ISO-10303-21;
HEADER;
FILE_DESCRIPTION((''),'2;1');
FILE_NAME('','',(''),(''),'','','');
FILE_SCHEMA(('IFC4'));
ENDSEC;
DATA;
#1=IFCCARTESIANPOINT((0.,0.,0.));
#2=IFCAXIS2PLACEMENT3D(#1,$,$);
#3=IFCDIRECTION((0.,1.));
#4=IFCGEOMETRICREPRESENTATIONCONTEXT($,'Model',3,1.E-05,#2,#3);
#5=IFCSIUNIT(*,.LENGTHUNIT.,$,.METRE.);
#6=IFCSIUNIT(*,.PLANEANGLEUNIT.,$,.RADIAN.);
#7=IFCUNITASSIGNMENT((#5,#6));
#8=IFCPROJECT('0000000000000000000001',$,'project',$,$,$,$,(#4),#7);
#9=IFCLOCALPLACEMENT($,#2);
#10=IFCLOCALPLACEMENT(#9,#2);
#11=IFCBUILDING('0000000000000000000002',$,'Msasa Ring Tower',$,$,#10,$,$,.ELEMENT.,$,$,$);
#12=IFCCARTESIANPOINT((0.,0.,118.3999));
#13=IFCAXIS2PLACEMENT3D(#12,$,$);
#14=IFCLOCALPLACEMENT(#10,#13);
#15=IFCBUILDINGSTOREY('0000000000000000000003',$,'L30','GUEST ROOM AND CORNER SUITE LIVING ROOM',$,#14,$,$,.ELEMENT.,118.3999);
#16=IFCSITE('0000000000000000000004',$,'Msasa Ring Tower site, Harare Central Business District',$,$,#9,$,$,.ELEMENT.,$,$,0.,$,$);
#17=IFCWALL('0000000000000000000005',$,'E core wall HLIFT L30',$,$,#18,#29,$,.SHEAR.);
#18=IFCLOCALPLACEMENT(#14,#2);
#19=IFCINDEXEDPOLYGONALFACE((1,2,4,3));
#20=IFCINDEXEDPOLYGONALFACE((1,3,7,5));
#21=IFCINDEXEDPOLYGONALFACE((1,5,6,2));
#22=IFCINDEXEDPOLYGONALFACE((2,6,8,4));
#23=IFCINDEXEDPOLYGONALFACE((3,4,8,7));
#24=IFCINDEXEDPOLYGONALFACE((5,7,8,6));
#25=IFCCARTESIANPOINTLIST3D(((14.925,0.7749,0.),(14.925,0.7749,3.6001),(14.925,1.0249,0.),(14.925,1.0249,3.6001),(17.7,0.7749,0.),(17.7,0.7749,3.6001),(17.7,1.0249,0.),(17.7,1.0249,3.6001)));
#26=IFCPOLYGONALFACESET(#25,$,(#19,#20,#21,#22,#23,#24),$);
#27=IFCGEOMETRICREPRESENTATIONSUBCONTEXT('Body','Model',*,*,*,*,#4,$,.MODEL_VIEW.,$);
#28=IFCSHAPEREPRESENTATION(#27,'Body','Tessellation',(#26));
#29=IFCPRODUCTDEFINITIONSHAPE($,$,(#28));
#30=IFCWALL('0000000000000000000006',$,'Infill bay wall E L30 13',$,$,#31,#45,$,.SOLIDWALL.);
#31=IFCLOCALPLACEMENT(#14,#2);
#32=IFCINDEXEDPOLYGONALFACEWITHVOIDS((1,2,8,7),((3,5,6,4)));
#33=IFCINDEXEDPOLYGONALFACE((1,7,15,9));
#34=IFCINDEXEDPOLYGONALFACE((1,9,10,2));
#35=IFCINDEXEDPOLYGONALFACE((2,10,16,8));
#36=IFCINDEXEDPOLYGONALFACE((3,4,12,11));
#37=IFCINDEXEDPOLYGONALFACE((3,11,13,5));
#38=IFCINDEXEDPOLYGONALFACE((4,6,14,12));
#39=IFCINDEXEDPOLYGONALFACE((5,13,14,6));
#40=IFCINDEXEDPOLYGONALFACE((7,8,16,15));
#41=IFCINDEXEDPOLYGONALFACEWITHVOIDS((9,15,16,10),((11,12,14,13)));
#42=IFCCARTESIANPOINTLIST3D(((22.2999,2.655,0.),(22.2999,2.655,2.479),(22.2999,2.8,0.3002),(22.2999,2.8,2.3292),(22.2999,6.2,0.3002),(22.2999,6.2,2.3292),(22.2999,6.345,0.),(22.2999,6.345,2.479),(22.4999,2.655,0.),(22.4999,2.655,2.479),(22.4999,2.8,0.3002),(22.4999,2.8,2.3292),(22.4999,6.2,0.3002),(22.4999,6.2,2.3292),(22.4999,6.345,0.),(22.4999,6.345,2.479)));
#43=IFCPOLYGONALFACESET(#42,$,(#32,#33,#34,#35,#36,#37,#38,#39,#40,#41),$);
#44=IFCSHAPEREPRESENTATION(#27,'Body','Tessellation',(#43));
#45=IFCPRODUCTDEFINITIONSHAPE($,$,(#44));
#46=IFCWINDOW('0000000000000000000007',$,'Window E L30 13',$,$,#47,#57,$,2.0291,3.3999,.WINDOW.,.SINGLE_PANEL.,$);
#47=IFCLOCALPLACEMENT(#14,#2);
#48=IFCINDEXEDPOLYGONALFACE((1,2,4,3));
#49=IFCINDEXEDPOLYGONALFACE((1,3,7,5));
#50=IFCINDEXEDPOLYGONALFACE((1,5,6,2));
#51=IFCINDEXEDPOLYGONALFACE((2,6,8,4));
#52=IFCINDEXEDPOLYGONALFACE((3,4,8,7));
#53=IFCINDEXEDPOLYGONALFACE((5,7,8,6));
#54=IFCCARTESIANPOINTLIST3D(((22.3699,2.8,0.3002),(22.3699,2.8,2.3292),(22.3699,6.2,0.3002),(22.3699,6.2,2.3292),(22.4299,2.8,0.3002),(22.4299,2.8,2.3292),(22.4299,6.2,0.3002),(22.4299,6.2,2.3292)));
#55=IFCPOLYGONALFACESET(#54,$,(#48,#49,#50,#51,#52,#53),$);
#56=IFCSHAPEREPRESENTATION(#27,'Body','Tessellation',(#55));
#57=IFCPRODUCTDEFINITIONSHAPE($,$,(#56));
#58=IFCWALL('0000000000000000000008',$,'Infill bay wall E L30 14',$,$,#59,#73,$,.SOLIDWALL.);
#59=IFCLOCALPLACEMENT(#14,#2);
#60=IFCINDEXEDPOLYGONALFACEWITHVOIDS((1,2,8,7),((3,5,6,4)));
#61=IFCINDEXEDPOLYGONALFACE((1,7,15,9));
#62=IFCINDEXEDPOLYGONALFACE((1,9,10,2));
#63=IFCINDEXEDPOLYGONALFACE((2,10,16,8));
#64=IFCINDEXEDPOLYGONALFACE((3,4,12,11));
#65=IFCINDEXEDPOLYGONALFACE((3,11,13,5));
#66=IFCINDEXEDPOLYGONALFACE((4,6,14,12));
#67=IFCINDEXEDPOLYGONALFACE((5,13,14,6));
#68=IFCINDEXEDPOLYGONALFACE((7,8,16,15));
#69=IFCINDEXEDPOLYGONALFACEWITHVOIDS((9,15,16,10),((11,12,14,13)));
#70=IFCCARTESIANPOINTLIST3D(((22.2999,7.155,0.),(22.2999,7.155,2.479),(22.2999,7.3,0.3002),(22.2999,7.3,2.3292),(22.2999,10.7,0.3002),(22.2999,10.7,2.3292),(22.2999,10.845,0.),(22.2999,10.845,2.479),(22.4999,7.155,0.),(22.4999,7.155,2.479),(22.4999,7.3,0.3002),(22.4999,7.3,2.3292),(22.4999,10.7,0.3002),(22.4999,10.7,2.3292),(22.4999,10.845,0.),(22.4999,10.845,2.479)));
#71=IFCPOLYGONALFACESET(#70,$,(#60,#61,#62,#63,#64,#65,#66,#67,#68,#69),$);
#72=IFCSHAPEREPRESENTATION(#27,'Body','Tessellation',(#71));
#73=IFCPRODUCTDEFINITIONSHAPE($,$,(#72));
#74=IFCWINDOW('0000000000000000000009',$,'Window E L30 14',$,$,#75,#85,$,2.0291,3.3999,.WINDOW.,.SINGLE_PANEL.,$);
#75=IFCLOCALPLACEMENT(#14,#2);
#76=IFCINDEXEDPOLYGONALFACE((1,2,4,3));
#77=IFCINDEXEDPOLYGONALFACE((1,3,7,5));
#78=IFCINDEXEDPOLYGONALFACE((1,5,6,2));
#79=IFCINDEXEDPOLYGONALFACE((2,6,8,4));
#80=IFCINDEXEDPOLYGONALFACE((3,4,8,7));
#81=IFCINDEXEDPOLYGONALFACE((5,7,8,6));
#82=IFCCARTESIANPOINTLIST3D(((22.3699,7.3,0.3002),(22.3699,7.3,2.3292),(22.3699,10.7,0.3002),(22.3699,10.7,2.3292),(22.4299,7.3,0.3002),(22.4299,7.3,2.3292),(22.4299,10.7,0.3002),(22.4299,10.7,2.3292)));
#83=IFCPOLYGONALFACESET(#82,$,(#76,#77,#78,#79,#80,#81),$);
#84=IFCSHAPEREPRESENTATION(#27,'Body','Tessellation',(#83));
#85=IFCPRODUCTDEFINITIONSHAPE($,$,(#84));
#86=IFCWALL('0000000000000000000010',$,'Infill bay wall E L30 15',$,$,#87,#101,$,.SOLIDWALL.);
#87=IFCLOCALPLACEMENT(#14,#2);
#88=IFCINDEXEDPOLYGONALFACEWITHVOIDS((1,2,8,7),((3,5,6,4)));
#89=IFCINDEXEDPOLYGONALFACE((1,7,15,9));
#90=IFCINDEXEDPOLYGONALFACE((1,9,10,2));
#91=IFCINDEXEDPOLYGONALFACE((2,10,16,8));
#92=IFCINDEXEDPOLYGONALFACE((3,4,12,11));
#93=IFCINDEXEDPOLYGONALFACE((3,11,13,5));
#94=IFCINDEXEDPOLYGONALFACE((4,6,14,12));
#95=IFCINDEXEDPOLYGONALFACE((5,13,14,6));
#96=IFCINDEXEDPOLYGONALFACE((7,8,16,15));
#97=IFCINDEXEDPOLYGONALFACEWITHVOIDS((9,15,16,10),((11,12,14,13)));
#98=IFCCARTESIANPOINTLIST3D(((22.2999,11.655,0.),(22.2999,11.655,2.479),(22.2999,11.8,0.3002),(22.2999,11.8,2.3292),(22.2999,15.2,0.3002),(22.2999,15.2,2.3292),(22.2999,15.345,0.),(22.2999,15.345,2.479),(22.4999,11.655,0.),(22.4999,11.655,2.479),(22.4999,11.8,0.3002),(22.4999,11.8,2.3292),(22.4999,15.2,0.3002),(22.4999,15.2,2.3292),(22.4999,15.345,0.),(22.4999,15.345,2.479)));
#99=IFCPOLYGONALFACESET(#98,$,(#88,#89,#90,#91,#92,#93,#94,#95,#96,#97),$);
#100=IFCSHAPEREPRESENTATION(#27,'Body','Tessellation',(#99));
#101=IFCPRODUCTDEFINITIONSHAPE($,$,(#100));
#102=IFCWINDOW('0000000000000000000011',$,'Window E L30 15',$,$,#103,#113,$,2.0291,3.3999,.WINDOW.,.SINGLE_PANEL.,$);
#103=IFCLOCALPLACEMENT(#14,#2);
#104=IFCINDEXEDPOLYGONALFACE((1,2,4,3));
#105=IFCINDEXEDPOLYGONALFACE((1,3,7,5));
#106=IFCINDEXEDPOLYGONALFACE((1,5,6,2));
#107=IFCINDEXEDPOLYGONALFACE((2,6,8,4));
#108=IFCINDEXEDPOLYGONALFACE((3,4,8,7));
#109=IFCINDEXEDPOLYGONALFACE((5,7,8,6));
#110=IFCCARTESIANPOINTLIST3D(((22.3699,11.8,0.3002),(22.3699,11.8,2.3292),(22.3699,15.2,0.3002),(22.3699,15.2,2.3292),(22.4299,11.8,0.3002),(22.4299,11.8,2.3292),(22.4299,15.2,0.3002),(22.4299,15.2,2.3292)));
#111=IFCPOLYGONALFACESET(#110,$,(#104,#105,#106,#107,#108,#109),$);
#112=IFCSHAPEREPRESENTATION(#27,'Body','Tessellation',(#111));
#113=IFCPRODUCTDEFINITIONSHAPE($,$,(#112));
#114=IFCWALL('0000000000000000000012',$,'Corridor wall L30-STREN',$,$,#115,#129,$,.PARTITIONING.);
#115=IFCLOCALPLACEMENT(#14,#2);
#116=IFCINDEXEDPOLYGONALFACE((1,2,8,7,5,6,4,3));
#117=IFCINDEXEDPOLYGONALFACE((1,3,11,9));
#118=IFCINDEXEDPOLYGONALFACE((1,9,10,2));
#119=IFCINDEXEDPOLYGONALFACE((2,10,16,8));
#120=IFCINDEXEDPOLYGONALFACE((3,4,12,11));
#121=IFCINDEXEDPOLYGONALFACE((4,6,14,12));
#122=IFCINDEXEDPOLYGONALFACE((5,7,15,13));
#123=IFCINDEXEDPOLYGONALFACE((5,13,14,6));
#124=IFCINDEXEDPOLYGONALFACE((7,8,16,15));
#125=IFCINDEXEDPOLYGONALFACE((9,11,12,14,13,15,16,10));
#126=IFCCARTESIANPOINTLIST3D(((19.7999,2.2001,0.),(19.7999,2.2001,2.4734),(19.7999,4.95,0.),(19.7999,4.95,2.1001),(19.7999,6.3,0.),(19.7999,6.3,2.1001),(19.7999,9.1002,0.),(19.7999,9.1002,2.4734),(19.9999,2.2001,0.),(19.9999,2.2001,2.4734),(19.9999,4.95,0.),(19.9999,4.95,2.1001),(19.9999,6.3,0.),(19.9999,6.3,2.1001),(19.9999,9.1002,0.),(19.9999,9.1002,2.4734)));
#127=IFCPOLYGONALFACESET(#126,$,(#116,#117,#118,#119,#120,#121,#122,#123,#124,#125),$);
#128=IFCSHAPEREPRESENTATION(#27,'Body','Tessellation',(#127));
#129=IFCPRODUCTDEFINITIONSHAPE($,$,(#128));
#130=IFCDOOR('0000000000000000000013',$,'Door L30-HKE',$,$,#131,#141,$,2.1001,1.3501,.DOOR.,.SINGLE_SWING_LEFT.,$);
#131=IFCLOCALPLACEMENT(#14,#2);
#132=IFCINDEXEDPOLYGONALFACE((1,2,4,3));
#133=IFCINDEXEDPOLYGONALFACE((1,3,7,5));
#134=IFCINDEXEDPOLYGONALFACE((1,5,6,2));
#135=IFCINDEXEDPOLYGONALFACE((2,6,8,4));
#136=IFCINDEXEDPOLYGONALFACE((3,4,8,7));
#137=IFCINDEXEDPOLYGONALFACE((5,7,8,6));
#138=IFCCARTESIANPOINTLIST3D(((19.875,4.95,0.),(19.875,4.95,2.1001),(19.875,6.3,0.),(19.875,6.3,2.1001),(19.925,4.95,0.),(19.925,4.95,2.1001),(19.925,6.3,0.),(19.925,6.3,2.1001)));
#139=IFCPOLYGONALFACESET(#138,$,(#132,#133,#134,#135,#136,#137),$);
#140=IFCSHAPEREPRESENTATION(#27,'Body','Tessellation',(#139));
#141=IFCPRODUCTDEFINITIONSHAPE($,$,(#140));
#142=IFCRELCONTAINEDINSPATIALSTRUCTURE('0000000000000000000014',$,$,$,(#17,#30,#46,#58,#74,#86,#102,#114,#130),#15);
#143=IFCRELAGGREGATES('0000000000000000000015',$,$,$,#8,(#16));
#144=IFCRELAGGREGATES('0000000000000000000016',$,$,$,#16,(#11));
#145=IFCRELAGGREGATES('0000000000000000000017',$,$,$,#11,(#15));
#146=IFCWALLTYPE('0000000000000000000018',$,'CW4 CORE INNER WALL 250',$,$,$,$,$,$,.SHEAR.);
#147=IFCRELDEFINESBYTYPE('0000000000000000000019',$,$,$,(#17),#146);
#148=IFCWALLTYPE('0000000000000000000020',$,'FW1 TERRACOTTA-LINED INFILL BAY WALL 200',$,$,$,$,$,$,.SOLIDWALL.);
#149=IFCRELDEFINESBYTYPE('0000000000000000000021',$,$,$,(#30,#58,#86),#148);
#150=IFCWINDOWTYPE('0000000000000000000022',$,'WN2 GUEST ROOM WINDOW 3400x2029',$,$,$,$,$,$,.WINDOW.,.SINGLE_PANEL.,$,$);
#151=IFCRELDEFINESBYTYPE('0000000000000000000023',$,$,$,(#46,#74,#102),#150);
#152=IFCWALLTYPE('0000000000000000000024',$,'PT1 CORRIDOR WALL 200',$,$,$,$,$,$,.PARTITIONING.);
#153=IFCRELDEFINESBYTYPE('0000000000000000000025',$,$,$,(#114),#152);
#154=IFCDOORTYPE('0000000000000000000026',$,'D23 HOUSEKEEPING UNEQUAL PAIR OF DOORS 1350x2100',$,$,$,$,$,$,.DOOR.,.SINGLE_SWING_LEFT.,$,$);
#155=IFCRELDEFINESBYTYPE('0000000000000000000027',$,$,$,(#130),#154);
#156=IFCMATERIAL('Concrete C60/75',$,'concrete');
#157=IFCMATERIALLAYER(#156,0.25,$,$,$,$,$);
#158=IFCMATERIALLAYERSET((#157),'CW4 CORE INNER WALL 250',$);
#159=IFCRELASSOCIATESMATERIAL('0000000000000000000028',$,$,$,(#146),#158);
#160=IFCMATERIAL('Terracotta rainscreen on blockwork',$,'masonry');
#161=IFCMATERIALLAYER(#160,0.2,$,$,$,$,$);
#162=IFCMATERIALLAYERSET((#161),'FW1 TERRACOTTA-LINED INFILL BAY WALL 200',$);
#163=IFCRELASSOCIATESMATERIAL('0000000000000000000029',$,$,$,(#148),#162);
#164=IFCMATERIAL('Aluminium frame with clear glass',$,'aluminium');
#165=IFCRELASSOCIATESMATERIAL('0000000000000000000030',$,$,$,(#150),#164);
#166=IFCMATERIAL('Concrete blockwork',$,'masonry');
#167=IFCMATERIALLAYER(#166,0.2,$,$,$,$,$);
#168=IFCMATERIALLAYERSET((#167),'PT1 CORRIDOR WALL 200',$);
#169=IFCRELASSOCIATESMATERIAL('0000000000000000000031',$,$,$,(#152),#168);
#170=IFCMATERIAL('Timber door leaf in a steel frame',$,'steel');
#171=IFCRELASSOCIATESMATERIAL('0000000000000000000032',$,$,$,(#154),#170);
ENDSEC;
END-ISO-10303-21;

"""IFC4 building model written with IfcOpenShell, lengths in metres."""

from ifc_helpers import new_model, si_unit, direction, frame, frame_2d, origin, place, context, subcontext, project, spatial, rectangle, extrude, material, layer, layer_set, type_object, element, fill, save


model = new_model("IFC4")

# Units and contexts
model_context = context("Model", 3, precision=1e-05, world=origin(), true_north=direction((0.0, 1.0)))
body_context = subcontext(model_context, "Body", "Model", "MODEL_VIEW")
ifc_project = project(units=[si_unit("LENGTHUNIT", "METRE"), si_unit("PLANEANGLEUNIT", "RADIAN")], contexts=[model_context])

# Site, building, storey
site_placement = place(None, origin())
site = spatial("IfcSite", under=ifc_project, at=site_placement, Name="Msasa Ring Tower site, Harare Central Business District", CompositionType="ELEMENT", RefElevation=0.0)
building_placement = place(site_placement, origin())
building = spatial("IfcBuilding", under=site, at=building_placement, Name="Msasa Ring Tower", CompositionType="ELEMENT")
storey_placement = place(building_placement, frame((0.0, 0.0, 118.3999)))
storey = spatial("IfcBuildingStorey", under=building, at=storey_placement, Name="L30", Description="GUEST ROOM AND CORNER SUITE LIVING ROOM", CompositionType="ELEMENT", Elevation=118.3999)

# Wall
ifc_material_1 = material(Name="Concrete C60/75", Category="concrete")
ifc_layer_1 = layer(ifc_material_1, 0.25)
ifc_layer_set_1 = layer_set([ifc_layer_1], Name="CW4 CORE INNER WALL 250")
wall_type_1 = type_object("IfcWallType", Name="CW4 CORE INNER WALL 250", PredefinedType="SHEAR", material=ifc_layer_set_1)
wall_1_placement = place(storey_placement, frame((14.925, 0.8999, 0.0), z_axis=(0.0, 0.0, 1.0), x_axis=(1.0, 0.0, 0.0)))
element("IfcWall", 1, at=wall_1_placement, inside=storey, type_object=wall_type_1, Name="E core wall HLIFT L30", PredefinedType="SHEAR", context=body_context, shape_type="SweptSolid", body=[
    extrude(rectangle(XDim=2.7749, YDim=0.25, at=frame_2d((1.3875, 0.0))), origin(), (0.0, 0.0, 1.0), 3.6001),
])

# Walls, openings, windows
ifc_material_2 = material(Name="Terracotta rainscreen on blockwork", Category="masonry")
ifc_layer_2 = layer(ifc_material_2, 0.2)
ifc_layer_set_2 = layer_set([ifc_layer_2], Name="FW1 TERRACOTTA-LINED INFILL BAY WALL 200")
wall_type_2 = type_object("IfcWallType", Name="FW1 TERRACOTTA-LINED INFILL BAY WALL 200", PredefinedType="SOLIDWALL", material=ifc_layer_set_2)
wall_2_placement = place(storey_placement, frame((22.3999, 2.655, 0.0), z_axis=(0.0, 0.0, 1.0), x_axis=(0.0, 1.0, 0.0)))
wall_2 = element("IfcWall", 2, at=wall_2_placement, inside=storey, type_object=wall_type_2, Name="Infill bay wall E L30 13", PredefinedType="SOLIDWALL", context=body_context, shape_type="SweptSolid", body=[
    extrude(rectangle(XDim=3.6899, YDim=0.2, at=frame_2d((1.845, 0.0))), origin(), (0.0, 0.0, 1.0), 2.479),
])
opening_1_placement = place(wall_2_placement, frame((0.145, 0.0, 0.3)))
opening_1 = element("IfcOpeningElement", 3, at=opening_1_placement, cuts=wall_2, PredefinedType="OPENING", context=body_context, shape_type="SweptSolid", body=[
    extrude(rectangle(XDim=3.3999, YDim=2.0291, at=frame_2d((1.7, 1.0146))), frame((0.0, 0.1099, 0.0), z_axis=(0.0, -1.0, 0.0), x_axis=(1.0, 0.0, 0.0)), (0.0, 0.0, 1.0), 0.22),
])
ifc_material_3 = material(Name="Aluminium frame with clear glass", Category="aluminium")
window_type = type_object("IfcWindowType", Name="WN2 GUEST ROOM WINDOW 3400x2029", PartitioningType="SINGLE_PANEL", PredefinedType="WINDOW", material=ifc_material_3)
window_1_placement = place(opening_1_placement, origin())
window_1 = element("IfcWindow", 4, at=window_1_placement, inside=storey, type_object=window_type, Name="Window E L30 13", OverallHeight=2.0291, OverallWidth=3.3999, PartitioningType="SINGLE_PANEL", PredefinedType="WINDOW", context=body_context, shape_type="SweptSolid", body=[
    extrude(rectangle(XDim=3.3999, YDim=2.0291, at=frame_2d((1.7, 1.0146))), frame((0.0, 0.03, 0.0), z_axis=(0.0, -1.0, 0.0), x_axis=(1.0, 0.0, 0.0)), (0.0, 0.0, 1.0), 0.0601),
])
fill(opening_1, window_1)
wall_3_placement = place(storey_placement, frame((22.3999, 7.155, 0.0), z_axis=(0.0, 0.0, 1.0), x_axis=(0.0, 1.0, 0.0)))
wall_3 = element("IfcWall", 5, at=wall_3_placement, inside=storey, type_object=wall_type_2, Name="Infill bay wall E L30 14", PredefinedType="SOLIDWALL", context=body_context, shape_type="SweptSolid", body=[
    extrude(rectangle(XDim=3.6899, YDim=0.2, at=frame_2d((1.845, 0.0))), origin(), (0.0, 0.0, 1.0), 2.479),
])
opening_2_placement = place(wall_3_placement, frame((0.145, 0.0, 0.3)))
opening_2 = element("IfcOpeningElement", 6, at=opening_2_placement, cuts=wall_3, PredefinedType="OPENING", context=body_context, shape_type="SweptSolid", body=[
    extrude(rectangle(XDim=3.3999, YDim=2.0291, at=frame_2d((1.7, 1.0146))), frame((0.0, 0.1099, 0.0), z_axis=(0.0, -1.0, 0.0), x_axis=(1.0, 0.0, 0.0)), (0.0, 0.0, 1.0), 0.22),
])
window_2_placement = place(opening_2_placement, origin())
window_2 = element("IfcWindow", 7, at=window_2_placement, inside=storey, type_object=window_type, Name="Window E L30 14", OverallHeight=2.0291, OverallWidth=3.3999, PartitioningType="SINGLE_PANEL", PredefinedType="WINDOW", context=body_context, shape_type="SweptSolid", body=[
    extrude(rectangle(XDim=3.3999, YDim=2.0291, at=frame_2d((1.7, 1.0146))), frame((0.0, 0.03, 0.0), z_axis=(0.0, -1.0, 0.0), x_axis=(1.0, 0.0, 0.0)), (0.0, 0.0, 1.0), 0.0601),
])
fill(opening_2, window_2)
wall_4_placement = place(storey_placement, frame((22.3999, 11.655, 0.0), z_axis=(0.0, 0.0, 1.0), x_axis=(0.0, 1.0, 0.0)))
wall_4 = element("IfcWall", 8, at=wall_4_placement, inside=storey, type_object=wall_type_2, Name="Infill bay wall E L30 15", PredefinedType="SOLIDWALL", context=body_context, shape_type="SweptSolid", body=[
    extrude(rectangle(XDim=3.6899, YDim=0.2, at=frame_2d((1.845, 0.0))), origin(), (0.0, 0.0, 1.0), 2.479),
])
opening_3_placement = place(wall_4_placement, frame((0.145, 0.0, 0.3)))
opening_3 = element("IfcOpeningElement", 9, at=opening_3_placement, cuts=wall_4, PredefinedType="OPENING", context=body_context, shape_type="SweptSolid", body=[
    extrude(rectangle(XDim=3.3999, YDim=2.0291, at=frame_2d((1.7, 1.0146))), frame((0.0, 0.1099, 0.0), z_axis=(0.0, -1.0, 0.0), x_axis=(1.0, 0.0, 0.0)), (0.0, 0.0, 1.0), 0.22),
])
window_3_placement = place(opening_3_placement, origin())
window_3 = element("IfcWindow", 10, at=window_3_placement, inside=storey, type_object=window_type, Name="Window E L30 15", OverallHeight=2.0291, OverallWidth=3.3999, PartitioningType="SINGLE_PANEL", PredefinedType="WINDOW", context=body_context, shape_type="SweptSolid", body=[
    extrude(rectangle(XDim=3.3999, YDim=2.0291, at=frame_2d((1.7, 1.0146))), frame((0.0, 0.03, 0.0), z_axis=(0.0, -1.0, 0.0), x_axis=(1.0, 0.0, 0.0)), (0.0, 0.0, 1.0), 0.0601),
])
fill(opening_3, window_3)

# Wall, opening, door
ifc_material_4 = material(Name="Concrete blockwork", Category="masonry")
ifc_layer_3 = layer(ifc_material_4, 0.2)
ifc_layer_set_3 = layer_set([ifc_layer_3], Name="PT1 CORRIDOR WALL 200")
wall_type_3 = type_object("IfcWallType", Name="PT1 CORRIDOR WALL 200", PredefinedType="PARTITIONING", material=ifc_layer_set_3)
wall_5_placement = place(storey_placement, frame((19.8999, 2.2, 0.0), z_axis=(0.0, 0.0, 1.0), x_axis=(0.0, 1.0, 0.0)))
wall_5 = element("IfcWall", 11, at=wall_5_placement, inside=storey, type_object=wall_type_3, Name="Corridor wall L30-STREN", PredefinedType="PARTITIONING", context=body_context, shape_type="SweptSolid", body=[
    extrude(rectangle(XDim=6.9001, YDim=0.2, at=frame_2d((3.4502, 0.0))), origin(), (0.0, 0.0, 1.0), 2.4734),
])
opening_4_placement = place(wall_5_placement, frame((2.75, 0.0, 0.0)))
opening_4 = element("IfcOpeningElement", 12, at=opening_4_placement, cuts=wall_5, PredefinedType="OPENING", context=body_context, shape_type="SweptSolid", body=[
    extrude(rectangle(XDim=1.3501, YDim=2.1001, at=frame_2d((0.675, 1.05))), frame((0.0, 0.1099, 0.0), z_axis=(0.0, -1.0, 0.0), x_axis=(1.0, 0.0, 0.0)), (0.0, 0.0, 1.0), 0.22),
])
ifc_material_5 = material(Name="Timber door leaf in a steel frame", Category="steel")
door_type_1 = type_object("IfcDoorType", Name="D23 HOUSEKEEPING UNEQUAL PAIR OF DOORS 1350x2100", OperationType="SINGLE_SWING_LEFT", PredefinedType="DOOR", material=ifc_material_5)
door_1_placement = place(opening_4_placement, origin())
door_1 = element("IfcDoor", 13, at=door_1_placement, inside=storey, type_object=door_type_1, Name="Door L30-HKE", OperationType="SINGLE_SWING_LEFT", OverallHeight=2.1001, OverallWidth=1.3501, PredefinedType="DOOR", context=body_context, shape_type="SweptSolid", body=[
    extrude(rectangle(XDim=1.3501, YDim=2.1001, at=frame_2d((0.675, 1.05))), frame((0.0, 0.0249, 0.0), z_axis=(0.0, -1.0, 0.0), x_axis=(1.0, 0.0, 0.0)), (0.0, 0.0, 1.0), 0.05),
])
fill(opening_4, door_1)

save(model, "model.ifc")
